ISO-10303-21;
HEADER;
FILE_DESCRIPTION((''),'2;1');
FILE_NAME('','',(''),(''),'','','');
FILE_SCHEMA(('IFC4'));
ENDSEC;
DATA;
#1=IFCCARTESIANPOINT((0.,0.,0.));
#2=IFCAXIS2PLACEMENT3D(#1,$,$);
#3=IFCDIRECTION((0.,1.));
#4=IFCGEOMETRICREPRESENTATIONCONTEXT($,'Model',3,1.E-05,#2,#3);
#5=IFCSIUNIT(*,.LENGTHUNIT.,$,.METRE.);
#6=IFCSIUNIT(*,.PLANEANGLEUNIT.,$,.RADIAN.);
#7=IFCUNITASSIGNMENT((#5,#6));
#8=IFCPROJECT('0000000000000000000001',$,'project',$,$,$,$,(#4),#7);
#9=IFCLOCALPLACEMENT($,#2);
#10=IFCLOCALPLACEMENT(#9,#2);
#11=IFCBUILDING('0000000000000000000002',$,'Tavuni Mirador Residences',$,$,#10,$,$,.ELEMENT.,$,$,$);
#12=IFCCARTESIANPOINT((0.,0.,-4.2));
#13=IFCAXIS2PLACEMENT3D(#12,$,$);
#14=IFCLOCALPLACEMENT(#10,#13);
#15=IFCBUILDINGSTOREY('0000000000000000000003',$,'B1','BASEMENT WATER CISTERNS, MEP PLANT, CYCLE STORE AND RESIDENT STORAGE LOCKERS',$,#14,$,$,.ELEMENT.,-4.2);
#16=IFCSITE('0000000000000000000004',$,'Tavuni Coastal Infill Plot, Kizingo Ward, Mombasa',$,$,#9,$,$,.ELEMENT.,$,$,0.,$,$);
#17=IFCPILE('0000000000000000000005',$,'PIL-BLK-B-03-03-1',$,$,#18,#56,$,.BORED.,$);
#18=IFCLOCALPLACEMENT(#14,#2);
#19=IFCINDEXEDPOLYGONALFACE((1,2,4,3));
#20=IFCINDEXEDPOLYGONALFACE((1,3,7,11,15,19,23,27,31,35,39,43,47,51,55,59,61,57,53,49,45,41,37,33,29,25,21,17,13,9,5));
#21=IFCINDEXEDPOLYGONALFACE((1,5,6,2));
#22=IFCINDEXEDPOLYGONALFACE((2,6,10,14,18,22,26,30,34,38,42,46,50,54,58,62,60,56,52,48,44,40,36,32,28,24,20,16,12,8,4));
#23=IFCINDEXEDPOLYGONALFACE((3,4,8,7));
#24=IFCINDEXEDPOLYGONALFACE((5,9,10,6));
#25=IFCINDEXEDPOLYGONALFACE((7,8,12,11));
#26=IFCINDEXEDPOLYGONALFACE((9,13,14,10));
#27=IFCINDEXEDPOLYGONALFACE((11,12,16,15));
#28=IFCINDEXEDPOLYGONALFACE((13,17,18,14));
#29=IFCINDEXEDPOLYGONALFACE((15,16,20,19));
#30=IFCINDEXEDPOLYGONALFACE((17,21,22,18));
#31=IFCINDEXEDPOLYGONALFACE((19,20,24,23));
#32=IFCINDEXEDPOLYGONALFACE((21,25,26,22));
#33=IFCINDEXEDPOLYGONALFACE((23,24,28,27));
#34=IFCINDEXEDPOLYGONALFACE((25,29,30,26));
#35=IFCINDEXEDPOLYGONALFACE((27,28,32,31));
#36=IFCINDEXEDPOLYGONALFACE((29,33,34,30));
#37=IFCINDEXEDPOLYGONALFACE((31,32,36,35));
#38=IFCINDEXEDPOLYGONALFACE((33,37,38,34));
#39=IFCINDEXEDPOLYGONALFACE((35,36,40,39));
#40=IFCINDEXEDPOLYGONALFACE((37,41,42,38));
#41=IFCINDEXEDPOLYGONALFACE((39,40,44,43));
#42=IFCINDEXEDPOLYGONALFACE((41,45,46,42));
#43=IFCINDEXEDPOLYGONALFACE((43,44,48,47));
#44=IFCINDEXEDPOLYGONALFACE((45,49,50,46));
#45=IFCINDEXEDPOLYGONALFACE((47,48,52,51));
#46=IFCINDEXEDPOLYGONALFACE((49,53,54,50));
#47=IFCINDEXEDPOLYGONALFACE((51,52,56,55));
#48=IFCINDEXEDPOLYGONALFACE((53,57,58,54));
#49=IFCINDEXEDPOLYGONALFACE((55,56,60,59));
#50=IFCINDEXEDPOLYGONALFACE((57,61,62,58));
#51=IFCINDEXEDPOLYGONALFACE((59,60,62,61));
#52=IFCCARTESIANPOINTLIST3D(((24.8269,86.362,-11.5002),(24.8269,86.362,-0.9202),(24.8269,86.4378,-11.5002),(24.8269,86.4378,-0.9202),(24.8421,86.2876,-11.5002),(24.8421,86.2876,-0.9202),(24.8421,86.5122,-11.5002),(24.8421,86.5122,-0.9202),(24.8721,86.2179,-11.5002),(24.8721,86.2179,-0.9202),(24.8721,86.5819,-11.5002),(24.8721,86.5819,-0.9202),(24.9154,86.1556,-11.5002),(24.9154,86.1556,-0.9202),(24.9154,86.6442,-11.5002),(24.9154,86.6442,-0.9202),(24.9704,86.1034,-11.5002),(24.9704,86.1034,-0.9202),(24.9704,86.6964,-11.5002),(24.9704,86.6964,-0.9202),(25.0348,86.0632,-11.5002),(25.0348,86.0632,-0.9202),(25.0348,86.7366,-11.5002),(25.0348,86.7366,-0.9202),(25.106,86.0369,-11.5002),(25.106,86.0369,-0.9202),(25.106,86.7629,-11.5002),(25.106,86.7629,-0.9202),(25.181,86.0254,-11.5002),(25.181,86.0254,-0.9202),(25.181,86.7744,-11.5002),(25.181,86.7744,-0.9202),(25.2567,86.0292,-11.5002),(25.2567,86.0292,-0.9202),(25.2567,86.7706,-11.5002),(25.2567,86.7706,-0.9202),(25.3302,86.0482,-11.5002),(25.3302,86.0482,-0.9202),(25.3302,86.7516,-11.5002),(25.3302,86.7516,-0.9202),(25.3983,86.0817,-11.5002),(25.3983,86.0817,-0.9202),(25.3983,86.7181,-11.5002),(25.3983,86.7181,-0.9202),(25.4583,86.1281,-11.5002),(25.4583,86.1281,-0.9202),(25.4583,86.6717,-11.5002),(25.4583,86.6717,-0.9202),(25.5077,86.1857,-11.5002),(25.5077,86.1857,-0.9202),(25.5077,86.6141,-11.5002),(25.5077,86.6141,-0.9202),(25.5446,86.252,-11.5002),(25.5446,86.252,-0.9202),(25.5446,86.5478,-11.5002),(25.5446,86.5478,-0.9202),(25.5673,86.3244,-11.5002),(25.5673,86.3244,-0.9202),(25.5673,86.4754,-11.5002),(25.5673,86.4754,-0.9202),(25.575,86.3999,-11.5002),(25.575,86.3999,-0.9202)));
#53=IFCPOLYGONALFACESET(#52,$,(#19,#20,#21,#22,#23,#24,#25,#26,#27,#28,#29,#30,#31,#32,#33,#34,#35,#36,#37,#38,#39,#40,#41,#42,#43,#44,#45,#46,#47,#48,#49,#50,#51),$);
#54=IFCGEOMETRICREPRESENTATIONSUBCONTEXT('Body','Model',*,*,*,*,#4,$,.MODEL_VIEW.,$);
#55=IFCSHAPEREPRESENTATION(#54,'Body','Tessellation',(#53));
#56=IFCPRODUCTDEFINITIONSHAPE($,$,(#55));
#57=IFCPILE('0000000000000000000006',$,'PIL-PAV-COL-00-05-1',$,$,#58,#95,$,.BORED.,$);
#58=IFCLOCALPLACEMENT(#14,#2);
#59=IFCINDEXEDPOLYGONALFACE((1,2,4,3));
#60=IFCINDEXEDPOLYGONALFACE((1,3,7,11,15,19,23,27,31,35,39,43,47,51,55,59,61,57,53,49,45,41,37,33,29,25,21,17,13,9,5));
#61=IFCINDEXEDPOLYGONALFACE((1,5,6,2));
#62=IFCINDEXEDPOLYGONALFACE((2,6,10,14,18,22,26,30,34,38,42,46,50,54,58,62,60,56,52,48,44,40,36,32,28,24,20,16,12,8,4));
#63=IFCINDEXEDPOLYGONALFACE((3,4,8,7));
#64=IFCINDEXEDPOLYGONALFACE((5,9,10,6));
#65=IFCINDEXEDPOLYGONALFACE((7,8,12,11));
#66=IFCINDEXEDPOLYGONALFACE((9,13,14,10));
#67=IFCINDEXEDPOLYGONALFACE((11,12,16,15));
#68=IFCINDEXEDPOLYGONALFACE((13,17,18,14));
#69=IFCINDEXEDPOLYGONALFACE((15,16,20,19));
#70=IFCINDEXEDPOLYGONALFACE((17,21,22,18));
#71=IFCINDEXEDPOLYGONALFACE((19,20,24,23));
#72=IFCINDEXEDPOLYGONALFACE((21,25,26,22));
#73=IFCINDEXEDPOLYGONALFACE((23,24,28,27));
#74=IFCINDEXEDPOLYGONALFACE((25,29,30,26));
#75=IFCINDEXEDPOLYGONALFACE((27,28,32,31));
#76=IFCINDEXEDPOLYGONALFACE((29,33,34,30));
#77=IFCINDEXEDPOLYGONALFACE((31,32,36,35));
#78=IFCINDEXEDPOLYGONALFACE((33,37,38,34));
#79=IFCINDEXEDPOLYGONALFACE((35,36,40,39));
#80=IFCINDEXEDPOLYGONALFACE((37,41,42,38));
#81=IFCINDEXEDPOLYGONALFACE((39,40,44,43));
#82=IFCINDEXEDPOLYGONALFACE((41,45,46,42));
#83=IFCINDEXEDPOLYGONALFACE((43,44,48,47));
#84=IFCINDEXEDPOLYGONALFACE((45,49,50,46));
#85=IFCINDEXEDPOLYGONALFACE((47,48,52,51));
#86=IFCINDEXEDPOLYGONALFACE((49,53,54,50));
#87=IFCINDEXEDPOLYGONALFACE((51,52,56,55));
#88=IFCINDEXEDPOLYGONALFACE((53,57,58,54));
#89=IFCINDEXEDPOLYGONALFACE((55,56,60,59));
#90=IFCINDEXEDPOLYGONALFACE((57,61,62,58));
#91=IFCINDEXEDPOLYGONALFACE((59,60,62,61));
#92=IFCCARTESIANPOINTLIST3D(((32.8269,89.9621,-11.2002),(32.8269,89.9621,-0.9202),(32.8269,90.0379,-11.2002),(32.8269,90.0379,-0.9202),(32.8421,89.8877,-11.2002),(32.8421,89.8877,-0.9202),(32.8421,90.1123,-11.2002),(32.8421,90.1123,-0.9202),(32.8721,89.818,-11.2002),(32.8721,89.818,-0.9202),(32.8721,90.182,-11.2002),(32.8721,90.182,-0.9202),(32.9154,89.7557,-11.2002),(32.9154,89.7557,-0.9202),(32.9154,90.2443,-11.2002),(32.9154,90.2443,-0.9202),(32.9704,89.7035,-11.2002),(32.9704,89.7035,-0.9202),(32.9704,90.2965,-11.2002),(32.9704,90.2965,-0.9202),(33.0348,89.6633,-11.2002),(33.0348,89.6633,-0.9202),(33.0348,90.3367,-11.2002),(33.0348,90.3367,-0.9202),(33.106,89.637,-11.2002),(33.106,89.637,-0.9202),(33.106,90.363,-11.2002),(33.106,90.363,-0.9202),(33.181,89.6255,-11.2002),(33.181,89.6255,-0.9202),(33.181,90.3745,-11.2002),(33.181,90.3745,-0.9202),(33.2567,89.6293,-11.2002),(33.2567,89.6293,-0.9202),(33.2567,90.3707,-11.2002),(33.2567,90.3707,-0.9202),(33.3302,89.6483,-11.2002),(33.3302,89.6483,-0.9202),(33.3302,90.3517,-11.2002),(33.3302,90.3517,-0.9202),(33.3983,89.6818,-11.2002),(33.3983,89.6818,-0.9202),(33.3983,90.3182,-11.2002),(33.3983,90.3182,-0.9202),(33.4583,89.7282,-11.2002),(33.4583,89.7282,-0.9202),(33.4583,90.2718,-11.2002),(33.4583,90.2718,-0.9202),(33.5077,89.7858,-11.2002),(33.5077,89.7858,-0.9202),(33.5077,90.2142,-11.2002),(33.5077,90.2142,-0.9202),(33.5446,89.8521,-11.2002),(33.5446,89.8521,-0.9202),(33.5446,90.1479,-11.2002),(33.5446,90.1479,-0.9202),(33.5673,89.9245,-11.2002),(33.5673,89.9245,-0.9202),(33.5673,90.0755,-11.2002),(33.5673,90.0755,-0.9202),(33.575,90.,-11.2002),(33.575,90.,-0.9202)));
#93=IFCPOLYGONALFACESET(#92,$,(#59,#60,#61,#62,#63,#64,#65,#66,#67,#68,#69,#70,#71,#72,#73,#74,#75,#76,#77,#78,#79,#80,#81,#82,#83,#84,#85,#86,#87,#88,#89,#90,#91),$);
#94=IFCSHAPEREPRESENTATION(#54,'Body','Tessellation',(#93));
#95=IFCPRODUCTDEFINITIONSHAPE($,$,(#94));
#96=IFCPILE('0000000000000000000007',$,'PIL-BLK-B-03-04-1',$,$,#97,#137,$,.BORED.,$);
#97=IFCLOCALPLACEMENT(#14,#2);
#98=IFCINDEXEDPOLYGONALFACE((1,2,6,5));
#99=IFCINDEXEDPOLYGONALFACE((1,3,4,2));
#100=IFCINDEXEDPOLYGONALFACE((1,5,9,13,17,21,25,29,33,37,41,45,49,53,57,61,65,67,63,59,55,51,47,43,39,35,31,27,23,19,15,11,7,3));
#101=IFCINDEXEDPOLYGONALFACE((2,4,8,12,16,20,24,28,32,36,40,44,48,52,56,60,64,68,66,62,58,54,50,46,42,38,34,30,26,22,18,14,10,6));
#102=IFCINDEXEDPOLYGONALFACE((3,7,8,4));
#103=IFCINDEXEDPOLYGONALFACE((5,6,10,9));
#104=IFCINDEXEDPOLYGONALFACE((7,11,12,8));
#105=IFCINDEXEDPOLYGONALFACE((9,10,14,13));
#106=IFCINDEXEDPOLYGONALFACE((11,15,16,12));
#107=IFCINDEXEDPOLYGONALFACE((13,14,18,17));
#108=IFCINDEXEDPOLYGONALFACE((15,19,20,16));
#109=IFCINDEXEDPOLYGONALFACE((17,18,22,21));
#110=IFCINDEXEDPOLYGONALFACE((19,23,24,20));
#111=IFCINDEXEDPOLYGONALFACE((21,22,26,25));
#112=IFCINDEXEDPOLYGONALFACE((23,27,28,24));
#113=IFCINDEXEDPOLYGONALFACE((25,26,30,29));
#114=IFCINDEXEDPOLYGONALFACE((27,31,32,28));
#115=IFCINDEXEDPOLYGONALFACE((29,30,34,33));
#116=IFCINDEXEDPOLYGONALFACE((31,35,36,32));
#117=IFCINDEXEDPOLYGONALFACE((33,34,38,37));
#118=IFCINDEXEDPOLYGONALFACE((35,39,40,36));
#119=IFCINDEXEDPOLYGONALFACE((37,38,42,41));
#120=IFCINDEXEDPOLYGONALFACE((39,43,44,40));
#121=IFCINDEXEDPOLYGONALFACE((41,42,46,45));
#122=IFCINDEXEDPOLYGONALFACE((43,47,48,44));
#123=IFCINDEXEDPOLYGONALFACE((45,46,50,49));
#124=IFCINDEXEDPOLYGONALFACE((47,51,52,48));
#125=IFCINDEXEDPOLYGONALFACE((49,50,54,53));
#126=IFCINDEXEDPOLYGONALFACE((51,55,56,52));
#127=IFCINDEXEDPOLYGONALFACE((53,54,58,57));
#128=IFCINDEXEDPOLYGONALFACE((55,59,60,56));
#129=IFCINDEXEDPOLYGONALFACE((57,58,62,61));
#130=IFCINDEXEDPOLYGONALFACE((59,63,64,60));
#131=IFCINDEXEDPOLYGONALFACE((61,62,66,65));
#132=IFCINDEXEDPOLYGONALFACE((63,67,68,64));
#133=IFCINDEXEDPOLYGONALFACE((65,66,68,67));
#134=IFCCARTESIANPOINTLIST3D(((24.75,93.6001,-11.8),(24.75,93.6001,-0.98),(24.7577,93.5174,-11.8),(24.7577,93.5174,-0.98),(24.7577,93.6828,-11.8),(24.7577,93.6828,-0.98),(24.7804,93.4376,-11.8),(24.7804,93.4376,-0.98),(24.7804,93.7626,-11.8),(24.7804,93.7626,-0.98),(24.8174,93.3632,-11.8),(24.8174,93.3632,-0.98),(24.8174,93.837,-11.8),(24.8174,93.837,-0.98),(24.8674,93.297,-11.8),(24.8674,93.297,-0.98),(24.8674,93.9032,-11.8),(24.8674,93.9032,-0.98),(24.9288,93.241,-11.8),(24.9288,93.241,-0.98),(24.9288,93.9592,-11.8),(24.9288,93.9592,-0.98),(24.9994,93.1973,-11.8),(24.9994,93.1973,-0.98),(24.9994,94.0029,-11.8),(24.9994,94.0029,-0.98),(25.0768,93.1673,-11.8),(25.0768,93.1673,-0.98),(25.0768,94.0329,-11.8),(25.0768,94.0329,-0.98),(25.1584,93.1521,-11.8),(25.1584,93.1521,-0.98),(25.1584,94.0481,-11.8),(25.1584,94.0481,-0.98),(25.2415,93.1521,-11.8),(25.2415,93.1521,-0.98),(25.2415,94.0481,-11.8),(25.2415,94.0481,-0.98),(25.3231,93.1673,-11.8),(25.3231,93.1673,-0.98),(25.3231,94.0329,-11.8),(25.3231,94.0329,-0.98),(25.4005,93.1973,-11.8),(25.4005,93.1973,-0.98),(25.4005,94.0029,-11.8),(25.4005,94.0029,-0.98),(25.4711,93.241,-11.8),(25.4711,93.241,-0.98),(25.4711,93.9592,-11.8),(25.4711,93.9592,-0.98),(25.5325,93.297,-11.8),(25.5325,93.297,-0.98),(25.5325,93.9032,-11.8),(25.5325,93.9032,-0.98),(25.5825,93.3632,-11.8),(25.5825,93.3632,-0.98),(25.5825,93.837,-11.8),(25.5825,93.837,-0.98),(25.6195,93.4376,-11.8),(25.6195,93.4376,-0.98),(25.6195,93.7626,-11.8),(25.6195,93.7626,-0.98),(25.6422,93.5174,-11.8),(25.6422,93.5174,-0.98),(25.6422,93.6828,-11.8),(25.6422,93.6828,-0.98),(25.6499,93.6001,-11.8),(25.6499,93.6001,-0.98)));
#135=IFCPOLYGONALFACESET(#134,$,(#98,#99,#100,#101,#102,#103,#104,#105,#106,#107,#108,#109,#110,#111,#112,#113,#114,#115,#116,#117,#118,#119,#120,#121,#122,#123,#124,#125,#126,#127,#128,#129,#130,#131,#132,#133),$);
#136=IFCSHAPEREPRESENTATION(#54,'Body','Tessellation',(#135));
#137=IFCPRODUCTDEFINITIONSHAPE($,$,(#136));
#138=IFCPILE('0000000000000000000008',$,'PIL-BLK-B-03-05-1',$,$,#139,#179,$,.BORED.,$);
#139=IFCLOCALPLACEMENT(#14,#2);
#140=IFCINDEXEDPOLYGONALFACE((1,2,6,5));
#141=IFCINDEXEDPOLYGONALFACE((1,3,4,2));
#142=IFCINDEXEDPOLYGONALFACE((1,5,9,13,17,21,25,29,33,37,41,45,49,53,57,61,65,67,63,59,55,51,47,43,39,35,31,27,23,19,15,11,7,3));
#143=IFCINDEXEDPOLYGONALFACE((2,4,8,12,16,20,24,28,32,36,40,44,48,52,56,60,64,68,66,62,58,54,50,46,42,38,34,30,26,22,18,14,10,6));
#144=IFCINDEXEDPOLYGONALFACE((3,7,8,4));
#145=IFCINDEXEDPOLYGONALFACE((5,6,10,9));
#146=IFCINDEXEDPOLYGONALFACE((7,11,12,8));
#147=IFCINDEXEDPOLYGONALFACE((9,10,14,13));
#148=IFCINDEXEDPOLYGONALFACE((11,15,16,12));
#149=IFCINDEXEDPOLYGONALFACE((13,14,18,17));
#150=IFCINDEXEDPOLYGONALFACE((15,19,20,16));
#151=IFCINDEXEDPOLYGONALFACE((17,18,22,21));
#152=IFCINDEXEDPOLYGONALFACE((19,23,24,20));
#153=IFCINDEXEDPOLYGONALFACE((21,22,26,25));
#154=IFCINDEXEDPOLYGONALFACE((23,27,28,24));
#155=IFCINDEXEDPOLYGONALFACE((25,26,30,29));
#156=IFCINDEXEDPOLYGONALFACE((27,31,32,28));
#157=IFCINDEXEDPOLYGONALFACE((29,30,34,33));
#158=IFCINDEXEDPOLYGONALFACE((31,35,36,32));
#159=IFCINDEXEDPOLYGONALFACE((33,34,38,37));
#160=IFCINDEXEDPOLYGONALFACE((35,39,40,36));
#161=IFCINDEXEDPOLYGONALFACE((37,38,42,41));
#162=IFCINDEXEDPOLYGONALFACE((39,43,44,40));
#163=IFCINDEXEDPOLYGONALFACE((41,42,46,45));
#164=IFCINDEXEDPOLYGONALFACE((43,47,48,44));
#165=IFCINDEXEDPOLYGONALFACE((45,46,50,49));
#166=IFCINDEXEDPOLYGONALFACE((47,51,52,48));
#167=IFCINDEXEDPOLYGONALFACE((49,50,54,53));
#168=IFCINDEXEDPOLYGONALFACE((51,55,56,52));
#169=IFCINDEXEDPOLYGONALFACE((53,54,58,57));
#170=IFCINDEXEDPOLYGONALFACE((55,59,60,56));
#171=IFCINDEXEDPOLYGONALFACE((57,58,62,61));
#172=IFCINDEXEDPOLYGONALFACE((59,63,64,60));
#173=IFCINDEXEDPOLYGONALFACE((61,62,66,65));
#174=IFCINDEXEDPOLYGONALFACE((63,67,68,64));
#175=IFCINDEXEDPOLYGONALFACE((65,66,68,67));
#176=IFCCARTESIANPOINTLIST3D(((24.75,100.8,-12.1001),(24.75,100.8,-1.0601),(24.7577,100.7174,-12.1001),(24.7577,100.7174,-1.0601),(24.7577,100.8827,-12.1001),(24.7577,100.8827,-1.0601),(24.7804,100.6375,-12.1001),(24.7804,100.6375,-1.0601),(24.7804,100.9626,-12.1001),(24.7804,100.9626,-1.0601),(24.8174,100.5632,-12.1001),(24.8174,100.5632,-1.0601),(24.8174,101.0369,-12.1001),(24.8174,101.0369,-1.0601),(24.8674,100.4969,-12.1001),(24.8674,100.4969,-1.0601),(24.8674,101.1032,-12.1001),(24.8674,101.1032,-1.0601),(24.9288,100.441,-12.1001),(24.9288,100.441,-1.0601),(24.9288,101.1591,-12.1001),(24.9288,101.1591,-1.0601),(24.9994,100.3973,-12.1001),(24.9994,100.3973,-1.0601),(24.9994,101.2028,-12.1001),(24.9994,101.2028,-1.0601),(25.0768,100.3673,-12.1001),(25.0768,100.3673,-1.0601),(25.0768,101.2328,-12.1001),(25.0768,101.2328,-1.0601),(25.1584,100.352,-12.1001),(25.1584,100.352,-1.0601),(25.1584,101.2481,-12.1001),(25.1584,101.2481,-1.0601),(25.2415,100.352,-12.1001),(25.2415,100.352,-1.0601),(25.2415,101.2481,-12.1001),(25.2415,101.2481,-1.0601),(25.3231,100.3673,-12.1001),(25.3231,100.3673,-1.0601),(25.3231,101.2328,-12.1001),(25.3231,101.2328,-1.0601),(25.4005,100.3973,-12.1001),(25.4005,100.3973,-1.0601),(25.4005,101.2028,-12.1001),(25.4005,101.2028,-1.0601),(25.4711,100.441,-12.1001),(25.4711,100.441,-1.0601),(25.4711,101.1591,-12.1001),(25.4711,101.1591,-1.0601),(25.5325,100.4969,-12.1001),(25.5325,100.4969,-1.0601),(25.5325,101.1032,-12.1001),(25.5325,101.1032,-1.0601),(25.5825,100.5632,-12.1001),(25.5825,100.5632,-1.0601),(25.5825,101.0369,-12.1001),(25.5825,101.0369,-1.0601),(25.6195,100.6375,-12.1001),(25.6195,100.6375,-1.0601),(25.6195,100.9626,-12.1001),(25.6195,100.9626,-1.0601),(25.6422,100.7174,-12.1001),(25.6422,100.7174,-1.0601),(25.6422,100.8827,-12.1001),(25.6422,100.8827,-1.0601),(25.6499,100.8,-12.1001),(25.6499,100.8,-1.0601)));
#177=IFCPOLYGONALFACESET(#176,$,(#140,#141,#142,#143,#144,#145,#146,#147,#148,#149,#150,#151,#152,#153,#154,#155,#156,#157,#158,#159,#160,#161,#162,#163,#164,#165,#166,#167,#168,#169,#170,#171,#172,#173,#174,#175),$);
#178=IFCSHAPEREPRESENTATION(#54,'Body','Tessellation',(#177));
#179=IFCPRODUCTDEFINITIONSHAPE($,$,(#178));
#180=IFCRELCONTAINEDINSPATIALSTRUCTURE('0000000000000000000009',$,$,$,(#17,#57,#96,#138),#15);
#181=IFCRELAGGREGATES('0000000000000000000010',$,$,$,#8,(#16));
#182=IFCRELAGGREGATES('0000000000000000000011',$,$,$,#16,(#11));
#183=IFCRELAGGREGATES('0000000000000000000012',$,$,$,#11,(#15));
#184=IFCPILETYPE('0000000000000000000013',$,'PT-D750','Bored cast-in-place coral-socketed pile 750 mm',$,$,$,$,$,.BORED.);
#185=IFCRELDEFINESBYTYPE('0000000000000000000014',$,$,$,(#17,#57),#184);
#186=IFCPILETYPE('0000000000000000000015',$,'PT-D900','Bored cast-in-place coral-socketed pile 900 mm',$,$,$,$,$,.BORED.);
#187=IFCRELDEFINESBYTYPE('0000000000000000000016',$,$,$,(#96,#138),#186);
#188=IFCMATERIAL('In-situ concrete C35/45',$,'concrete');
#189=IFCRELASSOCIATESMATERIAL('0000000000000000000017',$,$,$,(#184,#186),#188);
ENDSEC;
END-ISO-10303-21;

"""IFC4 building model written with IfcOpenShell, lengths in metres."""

from ifc_helpers import new_model, si_unit, direction, frame, origin, origin_2d, place, context, subcontext, project, spatial, circle, extrude, material, material_profile, profile_set, type_object, element, save


model = new_model("IFC4")

# Units and contexts
model_context = context("Model", 3, precision=1e-05, world=origin(), true_north=direction((0.0, 1.0)))
body_context = subcontext(model_context, "Body", "Model", "MODEL_VIEW")
ifc_project = project(units=[si_unit("LENGTHUNIT", "METRE"), si_unit("PLANEANGLEUNIT", "RADIAN")], contexts=[model_context])

# Site, building, storey
site_placement = place(None, origin())
site = spatial("IfcSite", under=ifc_project, at=site_placement, Name="Tavuni Coastal Infill Plot, Kizingo Ward, Mombasa", CompositionType="ELEMENT", RefElevation=0.0)
building_placement = place(site_placement, origin())
building = spatial("IfcBuilding", under=site, at=building_placement, Name="Tavuni Mirador Residences", CompositionType="ELEMENT")
storey_placement = place(building_placement, frame((0.0, 0.0, -4.2)))
storey = spatial("IfcBuildingStorey", under=building, at=storey_placement, Name="B1", Description="BASEMENT WATER CISTERNS, MEP PLANT, CYCLE STORE AND RESIDENT STORAGE LOCKERS", CompositionType="ELEMENT", Elevation=-4.2)

# Shared definitions
ifc_material_1 = material(Name="In-situ concrete C35/45", Category="concrete")

# Piles
ifc_material_profile_1 = material_profile(ifc_material_1, circle(Radius=0.375, at=origin_2d()), Name="PILE D750", Category="concrete")
ifc_profile_set_1 = profile_set([ifc_material_profile_1], Name="In-situ concrete C35/45")
pile_type_1 = type_object("IfcPileType", Name="PT-D750", Description="Bored cast-in-place coral-socketed pile 750 mm", PredefinedType="BORED", material=ifc_profile_set_1)
pile_1_placement = place(storey_placement, frame((25.2, 86.3999, -0.9202), z_axis=(0.0, 0.0, -1.0), x_axis=(1.0, 0.0, 0.0)))
element("IfcPile", 1, at=pile_1_placement, inside=storey, type_object=pile_type_1, Name="PIL-BLK-B-03-03-1", PredefinedType="BORED", context=body_context, shape_type="SweptSolid", body=[
    extrude(circle(Radius=0.375, at=origin_2d()), origin(), (0.0, 0.0, 1.0), 10.5801),
])
pile_2_placement = place(storey_placement, frame((33.2, 90.0, -0.9202), z_axis=(0.0, 0.0, -1.0), x_axis=(1.0, 0.0, 0.0)))
element("IfcPile", 2, at=pile_2_placement, inside=storey, type_object=pile_type_1, Name="PIL-PAV-COL-00-05-1", PredefinedType="BORED", context=body_context, shape_type="SweptSolid", body=[
    extrude(circle(Radius=0.375, at=origin_2d()), origin(), (0.0, 0.0, 1.0), 10.28),
])
ifc_material_profile_2 = material_profile(ifc_material_1, circle(Radius=0.45, at=origin_2d()), Name="PILE D900", Category="concrete")
ifc_profile_set_2 = profile_set([ifc_material_profile_2], Name="In-situ concrete C35/45")
pile_type_2 = type_object("IfcPileType", Name="PT-D900", Description="Bored cast-in-place coral-socketed pile 900 mm", PredefinedType="BORED", material=ifc_profile_set_2)
pile_3_placement = place(storey_placement, frame((25.2, 93.6001, -0.98), z_axis=(0.0, 0.0, -1.0), x_axis=(1.0, 0.0, 0.0)))
element("IfcPile", 3, at=pile_3_placement, inside=storey, type_object=pile_type_2, Name="PIL-BLK-B-03-04-1", PredefinedType="BORED", context=body_context, shape_type="SweptSolid", body=[
    extrude(circle(Radius=0.45, at=origin_2d()), origin(), (0.0, 0.0, 1.0), 10.8201),
])
pile_4_placement = place(storey_placement, frame((25.2, 100.8, -1.0601), z_axis=(0.0, 0.0, -1.0), x_axis=(1.0, 0.0, 0.0)))
element("IfcPile", 4, at=pile_4_placement, inside=storey, type_object=pile_type_2, Name="PIL-BLK-B-03-05-1", PredefinedType="BORED", context=body_context, shape_type="SweptSolid", body=[
    extrude(circle(Radius=0.45, at=origin_2d()), origin(), (0.0, 0.0, 1.0), 11.04),
])

save(model, "model.ifc")
